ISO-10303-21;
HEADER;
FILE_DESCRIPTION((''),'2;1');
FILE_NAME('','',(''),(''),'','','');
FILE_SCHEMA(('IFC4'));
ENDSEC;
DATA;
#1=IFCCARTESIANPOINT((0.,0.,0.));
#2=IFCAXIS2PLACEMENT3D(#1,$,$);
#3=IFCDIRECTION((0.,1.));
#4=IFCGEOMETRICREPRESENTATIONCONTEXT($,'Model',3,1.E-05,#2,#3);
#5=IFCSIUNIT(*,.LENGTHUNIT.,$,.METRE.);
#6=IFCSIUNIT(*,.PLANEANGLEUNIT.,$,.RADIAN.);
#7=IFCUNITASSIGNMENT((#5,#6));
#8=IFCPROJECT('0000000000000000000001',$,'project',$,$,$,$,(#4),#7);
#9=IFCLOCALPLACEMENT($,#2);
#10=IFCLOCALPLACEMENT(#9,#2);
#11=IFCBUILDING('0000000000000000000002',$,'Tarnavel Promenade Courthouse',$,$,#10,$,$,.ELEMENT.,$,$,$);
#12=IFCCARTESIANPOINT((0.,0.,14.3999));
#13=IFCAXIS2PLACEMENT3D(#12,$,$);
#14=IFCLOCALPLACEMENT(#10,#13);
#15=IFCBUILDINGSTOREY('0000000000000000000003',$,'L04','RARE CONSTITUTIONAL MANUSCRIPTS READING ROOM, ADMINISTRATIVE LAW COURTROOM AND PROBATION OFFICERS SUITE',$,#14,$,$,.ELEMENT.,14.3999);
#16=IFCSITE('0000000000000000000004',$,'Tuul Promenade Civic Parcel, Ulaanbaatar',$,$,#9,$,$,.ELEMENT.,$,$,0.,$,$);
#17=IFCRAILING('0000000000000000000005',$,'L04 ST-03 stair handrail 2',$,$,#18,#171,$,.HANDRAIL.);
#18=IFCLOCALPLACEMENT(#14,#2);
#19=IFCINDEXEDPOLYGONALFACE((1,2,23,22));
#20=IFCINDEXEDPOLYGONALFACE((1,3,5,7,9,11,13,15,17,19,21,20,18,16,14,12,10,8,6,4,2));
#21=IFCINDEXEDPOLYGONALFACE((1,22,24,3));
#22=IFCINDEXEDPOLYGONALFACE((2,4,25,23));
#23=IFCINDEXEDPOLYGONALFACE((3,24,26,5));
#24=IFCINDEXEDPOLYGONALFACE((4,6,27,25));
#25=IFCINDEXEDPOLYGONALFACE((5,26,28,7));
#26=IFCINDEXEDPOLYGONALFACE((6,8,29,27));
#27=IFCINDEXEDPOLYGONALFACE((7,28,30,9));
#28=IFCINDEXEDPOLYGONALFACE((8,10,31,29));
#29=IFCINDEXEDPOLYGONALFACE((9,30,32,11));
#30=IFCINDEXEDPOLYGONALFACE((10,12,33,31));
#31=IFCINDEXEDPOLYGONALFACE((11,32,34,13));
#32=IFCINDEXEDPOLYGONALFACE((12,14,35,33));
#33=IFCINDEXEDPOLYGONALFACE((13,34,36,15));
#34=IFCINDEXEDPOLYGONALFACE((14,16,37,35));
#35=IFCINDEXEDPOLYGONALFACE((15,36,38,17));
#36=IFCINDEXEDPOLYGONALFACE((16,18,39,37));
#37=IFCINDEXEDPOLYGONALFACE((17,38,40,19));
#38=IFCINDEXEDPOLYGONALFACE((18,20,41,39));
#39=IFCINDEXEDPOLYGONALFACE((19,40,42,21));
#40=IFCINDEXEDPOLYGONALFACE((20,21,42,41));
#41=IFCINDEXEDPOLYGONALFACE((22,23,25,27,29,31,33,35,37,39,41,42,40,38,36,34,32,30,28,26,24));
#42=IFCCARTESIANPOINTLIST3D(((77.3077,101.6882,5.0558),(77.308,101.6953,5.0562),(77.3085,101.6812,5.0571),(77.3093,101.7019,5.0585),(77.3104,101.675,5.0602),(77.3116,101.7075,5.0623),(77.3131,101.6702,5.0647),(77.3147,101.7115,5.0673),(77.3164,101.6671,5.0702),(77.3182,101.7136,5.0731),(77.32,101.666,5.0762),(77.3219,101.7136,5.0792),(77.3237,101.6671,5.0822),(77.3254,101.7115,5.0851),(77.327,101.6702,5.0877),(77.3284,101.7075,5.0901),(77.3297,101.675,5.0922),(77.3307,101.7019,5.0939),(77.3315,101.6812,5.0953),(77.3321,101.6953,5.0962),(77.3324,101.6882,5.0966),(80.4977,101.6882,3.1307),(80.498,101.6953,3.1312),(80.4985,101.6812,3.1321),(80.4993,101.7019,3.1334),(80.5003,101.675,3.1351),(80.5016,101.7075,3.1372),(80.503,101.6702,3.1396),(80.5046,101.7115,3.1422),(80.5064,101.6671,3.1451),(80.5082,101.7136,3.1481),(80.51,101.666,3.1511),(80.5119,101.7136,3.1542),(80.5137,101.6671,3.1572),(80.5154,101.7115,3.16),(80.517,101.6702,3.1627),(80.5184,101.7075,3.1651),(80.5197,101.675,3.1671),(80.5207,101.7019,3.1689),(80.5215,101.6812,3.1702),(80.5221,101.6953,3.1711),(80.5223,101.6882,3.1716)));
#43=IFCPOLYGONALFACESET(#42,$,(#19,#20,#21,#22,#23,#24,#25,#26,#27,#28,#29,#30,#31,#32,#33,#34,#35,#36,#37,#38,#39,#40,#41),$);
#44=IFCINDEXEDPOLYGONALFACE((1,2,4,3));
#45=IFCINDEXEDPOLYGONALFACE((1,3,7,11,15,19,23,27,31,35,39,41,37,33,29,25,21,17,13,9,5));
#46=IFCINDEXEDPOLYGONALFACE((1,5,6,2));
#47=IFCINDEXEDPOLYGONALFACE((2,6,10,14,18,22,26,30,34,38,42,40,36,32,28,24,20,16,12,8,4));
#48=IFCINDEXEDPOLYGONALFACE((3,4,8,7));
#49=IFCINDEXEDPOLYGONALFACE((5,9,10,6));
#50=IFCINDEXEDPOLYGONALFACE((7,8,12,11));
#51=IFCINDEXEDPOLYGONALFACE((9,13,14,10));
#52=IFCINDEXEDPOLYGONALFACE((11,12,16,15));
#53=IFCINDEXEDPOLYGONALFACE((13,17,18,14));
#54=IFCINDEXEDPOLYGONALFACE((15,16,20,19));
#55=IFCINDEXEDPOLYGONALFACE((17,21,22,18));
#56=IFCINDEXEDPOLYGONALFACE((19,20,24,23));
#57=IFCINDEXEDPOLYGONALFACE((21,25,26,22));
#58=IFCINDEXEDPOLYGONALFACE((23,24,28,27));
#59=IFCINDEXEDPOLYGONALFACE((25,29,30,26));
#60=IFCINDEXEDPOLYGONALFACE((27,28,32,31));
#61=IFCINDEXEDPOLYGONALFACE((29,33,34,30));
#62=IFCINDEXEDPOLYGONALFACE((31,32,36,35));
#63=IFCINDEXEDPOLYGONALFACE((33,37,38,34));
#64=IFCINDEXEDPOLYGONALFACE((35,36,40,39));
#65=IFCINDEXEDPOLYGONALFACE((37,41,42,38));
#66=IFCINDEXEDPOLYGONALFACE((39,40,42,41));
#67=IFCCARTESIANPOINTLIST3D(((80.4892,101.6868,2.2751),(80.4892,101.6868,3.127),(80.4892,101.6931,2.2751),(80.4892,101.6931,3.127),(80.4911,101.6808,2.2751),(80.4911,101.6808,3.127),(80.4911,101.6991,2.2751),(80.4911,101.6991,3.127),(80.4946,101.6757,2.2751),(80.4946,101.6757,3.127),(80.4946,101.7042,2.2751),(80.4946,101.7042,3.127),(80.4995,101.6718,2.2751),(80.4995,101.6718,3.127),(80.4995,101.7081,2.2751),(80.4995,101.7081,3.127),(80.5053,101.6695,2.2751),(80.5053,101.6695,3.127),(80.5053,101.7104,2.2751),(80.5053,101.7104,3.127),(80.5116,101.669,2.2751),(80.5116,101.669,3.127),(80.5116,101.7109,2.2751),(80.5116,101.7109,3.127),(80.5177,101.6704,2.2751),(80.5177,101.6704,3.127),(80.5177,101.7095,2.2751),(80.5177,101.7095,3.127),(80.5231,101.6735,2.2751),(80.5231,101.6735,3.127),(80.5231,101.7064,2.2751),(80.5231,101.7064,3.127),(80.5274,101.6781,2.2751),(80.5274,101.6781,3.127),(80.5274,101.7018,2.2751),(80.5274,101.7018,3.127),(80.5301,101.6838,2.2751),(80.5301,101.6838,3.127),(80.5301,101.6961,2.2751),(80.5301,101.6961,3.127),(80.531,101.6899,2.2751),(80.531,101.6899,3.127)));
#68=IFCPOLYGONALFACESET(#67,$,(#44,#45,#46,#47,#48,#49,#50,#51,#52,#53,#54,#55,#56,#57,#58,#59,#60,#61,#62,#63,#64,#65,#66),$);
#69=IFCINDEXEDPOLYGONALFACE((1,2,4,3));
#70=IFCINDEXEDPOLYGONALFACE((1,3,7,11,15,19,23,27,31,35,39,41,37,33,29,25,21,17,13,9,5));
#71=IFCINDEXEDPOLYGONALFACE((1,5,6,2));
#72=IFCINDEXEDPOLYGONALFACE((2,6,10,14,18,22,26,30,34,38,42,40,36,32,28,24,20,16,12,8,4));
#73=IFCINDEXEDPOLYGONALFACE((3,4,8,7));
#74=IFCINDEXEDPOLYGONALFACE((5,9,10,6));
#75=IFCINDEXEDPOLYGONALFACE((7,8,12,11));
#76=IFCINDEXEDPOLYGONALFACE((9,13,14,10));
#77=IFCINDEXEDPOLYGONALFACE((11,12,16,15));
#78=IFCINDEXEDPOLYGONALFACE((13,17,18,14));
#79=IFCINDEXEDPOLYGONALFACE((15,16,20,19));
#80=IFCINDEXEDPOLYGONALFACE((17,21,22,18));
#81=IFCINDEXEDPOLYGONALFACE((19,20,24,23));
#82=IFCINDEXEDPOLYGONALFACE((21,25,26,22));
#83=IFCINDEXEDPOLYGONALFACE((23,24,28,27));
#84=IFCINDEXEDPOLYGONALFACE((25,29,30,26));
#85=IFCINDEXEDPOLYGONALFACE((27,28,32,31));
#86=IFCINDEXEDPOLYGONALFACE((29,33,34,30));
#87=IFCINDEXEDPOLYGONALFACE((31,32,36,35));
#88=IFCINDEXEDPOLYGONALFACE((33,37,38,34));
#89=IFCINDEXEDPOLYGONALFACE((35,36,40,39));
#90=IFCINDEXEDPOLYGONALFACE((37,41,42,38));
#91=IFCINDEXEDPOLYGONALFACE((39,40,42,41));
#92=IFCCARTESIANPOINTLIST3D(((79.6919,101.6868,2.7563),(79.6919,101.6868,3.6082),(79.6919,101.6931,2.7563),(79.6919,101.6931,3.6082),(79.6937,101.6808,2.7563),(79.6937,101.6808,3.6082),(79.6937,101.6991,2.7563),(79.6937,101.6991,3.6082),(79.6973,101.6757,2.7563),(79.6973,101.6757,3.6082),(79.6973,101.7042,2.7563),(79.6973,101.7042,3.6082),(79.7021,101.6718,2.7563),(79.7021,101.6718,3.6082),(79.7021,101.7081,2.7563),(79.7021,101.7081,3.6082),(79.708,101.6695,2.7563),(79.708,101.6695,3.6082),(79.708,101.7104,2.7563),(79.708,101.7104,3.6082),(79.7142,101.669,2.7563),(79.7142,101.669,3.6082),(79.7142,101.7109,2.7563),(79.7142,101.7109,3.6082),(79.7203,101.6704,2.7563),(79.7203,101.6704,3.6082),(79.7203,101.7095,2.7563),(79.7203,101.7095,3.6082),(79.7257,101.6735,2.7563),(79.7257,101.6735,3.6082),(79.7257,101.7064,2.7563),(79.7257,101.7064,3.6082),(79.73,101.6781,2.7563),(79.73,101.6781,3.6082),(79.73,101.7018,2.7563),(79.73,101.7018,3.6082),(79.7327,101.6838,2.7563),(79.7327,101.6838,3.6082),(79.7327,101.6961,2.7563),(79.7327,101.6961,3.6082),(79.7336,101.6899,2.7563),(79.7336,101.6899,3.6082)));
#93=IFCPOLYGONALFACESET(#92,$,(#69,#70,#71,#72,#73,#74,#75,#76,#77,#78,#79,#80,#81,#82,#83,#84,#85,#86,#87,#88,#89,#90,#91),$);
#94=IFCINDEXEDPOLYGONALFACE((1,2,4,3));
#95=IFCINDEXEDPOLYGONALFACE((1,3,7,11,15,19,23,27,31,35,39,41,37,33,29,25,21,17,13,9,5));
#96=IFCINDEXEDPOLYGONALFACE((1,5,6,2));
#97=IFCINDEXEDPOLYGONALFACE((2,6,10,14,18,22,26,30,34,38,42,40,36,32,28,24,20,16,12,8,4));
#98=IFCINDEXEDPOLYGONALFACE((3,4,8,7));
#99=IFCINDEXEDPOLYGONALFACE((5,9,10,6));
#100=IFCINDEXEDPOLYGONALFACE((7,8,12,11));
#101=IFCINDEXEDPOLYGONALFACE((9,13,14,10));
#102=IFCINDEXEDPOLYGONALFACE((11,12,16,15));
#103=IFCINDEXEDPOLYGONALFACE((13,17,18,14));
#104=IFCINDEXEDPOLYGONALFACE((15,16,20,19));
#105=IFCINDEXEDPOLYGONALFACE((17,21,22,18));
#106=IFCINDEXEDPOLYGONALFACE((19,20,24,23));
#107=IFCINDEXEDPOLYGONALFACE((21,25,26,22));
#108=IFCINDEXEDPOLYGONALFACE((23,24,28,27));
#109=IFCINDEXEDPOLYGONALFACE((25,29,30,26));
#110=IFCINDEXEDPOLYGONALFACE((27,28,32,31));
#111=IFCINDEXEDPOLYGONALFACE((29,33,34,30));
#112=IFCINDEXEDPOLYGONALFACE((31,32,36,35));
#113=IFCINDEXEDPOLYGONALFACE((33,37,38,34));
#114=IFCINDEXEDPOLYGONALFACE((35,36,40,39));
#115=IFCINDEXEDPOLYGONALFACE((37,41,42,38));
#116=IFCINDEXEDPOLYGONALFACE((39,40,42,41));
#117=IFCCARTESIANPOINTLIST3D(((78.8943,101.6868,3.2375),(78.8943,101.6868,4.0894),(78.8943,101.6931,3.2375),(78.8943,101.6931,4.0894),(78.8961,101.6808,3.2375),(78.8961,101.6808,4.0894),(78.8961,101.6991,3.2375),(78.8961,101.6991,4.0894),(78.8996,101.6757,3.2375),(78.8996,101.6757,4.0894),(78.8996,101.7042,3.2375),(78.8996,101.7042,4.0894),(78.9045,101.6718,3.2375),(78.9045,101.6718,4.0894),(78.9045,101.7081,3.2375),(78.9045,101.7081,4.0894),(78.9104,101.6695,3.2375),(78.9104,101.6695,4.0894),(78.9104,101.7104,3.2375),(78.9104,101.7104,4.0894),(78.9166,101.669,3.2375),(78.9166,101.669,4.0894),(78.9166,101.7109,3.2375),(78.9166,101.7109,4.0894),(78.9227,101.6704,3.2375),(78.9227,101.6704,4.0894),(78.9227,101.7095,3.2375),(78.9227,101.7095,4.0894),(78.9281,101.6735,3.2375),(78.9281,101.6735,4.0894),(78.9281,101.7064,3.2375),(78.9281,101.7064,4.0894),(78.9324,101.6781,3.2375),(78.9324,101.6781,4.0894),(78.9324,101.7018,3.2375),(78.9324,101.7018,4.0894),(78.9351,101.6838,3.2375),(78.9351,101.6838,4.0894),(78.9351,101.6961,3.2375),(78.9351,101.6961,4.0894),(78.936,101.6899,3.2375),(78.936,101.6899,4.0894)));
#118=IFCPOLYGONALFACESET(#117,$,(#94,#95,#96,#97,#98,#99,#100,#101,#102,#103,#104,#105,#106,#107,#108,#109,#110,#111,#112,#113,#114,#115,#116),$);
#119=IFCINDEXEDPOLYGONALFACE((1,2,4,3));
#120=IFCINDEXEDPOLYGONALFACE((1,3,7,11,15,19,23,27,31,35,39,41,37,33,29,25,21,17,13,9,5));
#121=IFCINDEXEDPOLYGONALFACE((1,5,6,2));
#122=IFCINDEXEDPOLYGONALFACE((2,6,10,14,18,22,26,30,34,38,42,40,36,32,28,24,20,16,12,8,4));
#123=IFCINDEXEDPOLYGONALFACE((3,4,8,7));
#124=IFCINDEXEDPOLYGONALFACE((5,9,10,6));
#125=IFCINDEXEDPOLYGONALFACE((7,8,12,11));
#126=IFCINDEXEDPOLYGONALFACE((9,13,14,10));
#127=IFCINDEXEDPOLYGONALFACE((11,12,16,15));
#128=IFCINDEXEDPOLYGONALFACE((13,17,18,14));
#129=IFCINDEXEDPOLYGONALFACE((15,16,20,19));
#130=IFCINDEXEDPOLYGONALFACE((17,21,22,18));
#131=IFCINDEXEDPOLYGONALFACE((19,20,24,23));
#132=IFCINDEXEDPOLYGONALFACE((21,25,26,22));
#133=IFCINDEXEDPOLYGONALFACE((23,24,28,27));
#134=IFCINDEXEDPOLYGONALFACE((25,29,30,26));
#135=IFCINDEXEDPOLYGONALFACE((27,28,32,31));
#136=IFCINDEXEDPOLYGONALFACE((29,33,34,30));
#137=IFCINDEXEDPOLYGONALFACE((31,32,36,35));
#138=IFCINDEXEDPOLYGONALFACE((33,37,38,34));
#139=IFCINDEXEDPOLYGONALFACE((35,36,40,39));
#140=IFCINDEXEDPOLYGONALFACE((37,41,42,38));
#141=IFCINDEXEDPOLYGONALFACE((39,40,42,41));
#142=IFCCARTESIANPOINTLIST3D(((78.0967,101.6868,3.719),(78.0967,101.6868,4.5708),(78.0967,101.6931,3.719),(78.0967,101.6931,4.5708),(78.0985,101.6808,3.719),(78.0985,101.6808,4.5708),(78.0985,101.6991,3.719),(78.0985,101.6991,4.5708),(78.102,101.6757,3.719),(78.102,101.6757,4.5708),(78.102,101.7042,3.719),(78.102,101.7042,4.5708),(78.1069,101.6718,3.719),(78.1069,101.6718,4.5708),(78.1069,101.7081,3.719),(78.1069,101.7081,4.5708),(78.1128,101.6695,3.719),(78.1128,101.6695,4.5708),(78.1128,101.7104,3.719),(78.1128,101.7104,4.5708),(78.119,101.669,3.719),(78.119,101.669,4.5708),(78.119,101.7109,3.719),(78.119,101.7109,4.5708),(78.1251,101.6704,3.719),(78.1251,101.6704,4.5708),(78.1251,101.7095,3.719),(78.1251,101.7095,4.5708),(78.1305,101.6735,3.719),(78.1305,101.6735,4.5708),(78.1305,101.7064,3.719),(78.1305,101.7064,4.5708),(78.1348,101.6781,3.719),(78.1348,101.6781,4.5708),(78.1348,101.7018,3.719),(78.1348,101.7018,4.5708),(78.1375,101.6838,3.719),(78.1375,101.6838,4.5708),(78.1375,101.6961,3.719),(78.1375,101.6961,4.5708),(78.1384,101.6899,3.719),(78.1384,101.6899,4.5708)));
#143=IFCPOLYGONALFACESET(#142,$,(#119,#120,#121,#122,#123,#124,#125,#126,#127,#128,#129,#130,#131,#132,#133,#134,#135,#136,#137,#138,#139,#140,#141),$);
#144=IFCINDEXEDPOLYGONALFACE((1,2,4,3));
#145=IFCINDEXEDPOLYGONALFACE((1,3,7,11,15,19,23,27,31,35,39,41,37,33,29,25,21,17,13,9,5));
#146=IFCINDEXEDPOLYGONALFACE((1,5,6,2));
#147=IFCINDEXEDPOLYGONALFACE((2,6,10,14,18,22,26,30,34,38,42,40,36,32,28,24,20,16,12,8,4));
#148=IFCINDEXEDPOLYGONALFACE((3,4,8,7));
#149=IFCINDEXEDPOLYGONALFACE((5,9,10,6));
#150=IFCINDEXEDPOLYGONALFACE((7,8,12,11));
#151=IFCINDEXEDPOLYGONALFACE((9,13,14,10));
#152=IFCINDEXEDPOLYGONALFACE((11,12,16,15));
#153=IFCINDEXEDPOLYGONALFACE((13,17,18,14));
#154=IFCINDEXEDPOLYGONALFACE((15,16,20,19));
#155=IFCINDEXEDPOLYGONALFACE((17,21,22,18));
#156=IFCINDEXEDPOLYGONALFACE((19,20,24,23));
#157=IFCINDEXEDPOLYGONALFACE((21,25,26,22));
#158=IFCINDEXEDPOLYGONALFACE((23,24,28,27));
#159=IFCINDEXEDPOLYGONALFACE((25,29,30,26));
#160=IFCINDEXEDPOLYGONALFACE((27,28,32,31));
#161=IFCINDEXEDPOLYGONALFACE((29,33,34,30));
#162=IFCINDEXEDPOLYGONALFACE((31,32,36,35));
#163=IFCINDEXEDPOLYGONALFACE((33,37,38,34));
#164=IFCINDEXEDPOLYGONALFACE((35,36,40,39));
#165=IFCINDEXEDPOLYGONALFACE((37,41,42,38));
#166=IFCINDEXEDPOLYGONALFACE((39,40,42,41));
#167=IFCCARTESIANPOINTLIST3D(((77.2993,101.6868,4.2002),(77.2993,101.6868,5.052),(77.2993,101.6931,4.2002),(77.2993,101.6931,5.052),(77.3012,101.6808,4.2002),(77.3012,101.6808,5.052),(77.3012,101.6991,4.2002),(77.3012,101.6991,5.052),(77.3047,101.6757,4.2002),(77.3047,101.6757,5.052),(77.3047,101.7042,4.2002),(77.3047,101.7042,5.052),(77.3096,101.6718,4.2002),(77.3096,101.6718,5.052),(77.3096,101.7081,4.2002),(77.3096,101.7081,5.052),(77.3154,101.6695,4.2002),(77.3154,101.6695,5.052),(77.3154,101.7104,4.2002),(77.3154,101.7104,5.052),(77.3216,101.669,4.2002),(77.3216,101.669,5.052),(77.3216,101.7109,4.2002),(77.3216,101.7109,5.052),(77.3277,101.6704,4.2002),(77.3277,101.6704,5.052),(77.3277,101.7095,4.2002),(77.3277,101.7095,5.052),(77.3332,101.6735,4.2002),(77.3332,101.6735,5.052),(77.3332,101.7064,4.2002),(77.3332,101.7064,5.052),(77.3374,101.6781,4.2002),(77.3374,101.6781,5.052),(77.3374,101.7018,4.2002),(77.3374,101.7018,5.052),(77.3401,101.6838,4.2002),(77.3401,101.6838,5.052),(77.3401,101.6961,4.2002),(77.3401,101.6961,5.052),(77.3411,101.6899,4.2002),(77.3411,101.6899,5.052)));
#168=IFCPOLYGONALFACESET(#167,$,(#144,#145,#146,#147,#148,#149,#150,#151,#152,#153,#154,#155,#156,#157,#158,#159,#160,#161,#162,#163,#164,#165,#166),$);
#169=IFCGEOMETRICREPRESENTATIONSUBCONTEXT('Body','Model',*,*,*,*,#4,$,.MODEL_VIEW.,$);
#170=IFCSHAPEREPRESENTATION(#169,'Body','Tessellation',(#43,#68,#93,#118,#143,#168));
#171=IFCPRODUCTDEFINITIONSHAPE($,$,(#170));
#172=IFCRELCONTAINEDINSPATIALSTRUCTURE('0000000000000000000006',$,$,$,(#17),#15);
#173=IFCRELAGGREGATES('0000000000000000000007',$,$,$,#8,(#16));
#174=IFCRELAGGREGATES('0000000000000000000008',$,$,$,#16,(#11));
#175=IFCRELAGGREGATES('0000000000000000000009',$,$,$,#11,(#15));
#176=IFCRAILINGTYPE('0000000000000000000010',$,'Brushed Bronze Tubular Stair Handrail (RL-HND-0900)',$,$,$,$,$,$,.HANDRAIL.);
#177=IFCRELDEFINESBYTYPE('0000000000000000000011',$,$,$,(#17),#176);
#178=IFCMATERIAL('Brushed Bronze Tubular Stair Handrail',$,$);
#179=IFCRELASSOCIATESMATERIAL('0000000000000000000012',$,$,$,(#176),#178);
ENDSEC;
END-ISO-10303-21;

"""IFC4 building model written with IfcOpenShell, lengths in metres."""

from ifc_helpers import new_model, si_unit, direction, frame, origin, origin_2d, place, context, subcontext, project, spatial, circle, extrude, material, type_object, element, save


model = new_model("IFC4")

# Units and contexts
model_context = context("Model", 3, precision=1e-05, world=origin(), true_north=direction((0.0, 1.0)))
body_context = subcontext(model_context, "Body", "Model", "MODEL_VIEW")
ifc_project = project(units=[si_unit("LENGTHUNIT", "METRE"), si_unit("PLANEANGLEUNIT", "RADIAN")], contexts=[model_context])

# Site, building, storey
site_placement = place(None, origin())
site = spatial("IfcSite", under=ifc_project, at=site_placement, Name="Tuul Promenade Civic Parcel, Ulaanbaatar", CompositionType="ELEMENT", RefElevation=0.0)
building_placement = place(site_placement, origin())
building = spatial("IfcBuilding", under=site, at=building_placement, Name="Tarnavel Promenade Courthouse", CompositionType="ELEMENT")
storey_placement = place(building_placement, frame((0.0, 0.0, 14.3999)))
storey = spatial("IfcBuildingStorey", under=building, at=storey_placement, Name="L04", Description="RARE CONSTITUTIONAL MANUSCRIPTS READING ROOM, ADMINISTRATIVE LAW COURTROOM AND PROBATION OFFICERS SUITE", CompositionType="ELEMENT", Elevation=14.3999)

# Railing
ifc_material_1 = material(Name="Brushed Bronze Tubular Stair Handrail")
railing_type_1 = type_object("IfcRailingType", Name="Brushed Bronze Tubular Stair Handrail (RL-HND-0900)", PredefinedType="HANDRAIL", material=ifc_material_1)
railing_1_placement = place(storey_placement, frame((80.51, 101.6899, 2.2751)))
element("IfcRailing", 1, at=railing_1_placement, inside=storey, type_object=railing_type_1, Name="L04 ST-03 stair handrail 2", PredefinedType="HANDRAIL", context=body_context, shape_type="SweptSolid", body=[
    extrude(circle(Radius=0.0239, at=origin_2d()), frame((0.0, 0.0, 0.876), z_axis=(-0.856178, 0.0, 0.516682), x_axis=(0.0, -1.0, 0.0)), (0.0, 0.0, 1.0), 3.7258),
    extrude(circle(Radius=0.021, at=origin_2d()), origin(), (0.0, 0.0, 1.0), 0.8518),
    extrude(circle(Radius=0.021, at=origin_2d()), frame((-0.7974, 0.0, 0.4812)), (0.0, 0.0, 1.0), 0.8518),
    extrude(circle(Radius=0.021, at=origin_2d()), frame((-1.595, 0.0, 0.9624)), (0.0, 0.0, 1.0), 0.8518),
    extrude(circle(Radius=0.021, at=origin_2d()), frame((-2.3926, 0.0, 1.4438)), (0.0, 0.0, 1.0), 0.8518),
    extrude(circle(Radius=0.021, at=origin_2d()), frame((-3.1899, 0.0, 1.925)), (0.0, 0.0, 1.0), 0.8518),
])

save(model, "model.ifc")
